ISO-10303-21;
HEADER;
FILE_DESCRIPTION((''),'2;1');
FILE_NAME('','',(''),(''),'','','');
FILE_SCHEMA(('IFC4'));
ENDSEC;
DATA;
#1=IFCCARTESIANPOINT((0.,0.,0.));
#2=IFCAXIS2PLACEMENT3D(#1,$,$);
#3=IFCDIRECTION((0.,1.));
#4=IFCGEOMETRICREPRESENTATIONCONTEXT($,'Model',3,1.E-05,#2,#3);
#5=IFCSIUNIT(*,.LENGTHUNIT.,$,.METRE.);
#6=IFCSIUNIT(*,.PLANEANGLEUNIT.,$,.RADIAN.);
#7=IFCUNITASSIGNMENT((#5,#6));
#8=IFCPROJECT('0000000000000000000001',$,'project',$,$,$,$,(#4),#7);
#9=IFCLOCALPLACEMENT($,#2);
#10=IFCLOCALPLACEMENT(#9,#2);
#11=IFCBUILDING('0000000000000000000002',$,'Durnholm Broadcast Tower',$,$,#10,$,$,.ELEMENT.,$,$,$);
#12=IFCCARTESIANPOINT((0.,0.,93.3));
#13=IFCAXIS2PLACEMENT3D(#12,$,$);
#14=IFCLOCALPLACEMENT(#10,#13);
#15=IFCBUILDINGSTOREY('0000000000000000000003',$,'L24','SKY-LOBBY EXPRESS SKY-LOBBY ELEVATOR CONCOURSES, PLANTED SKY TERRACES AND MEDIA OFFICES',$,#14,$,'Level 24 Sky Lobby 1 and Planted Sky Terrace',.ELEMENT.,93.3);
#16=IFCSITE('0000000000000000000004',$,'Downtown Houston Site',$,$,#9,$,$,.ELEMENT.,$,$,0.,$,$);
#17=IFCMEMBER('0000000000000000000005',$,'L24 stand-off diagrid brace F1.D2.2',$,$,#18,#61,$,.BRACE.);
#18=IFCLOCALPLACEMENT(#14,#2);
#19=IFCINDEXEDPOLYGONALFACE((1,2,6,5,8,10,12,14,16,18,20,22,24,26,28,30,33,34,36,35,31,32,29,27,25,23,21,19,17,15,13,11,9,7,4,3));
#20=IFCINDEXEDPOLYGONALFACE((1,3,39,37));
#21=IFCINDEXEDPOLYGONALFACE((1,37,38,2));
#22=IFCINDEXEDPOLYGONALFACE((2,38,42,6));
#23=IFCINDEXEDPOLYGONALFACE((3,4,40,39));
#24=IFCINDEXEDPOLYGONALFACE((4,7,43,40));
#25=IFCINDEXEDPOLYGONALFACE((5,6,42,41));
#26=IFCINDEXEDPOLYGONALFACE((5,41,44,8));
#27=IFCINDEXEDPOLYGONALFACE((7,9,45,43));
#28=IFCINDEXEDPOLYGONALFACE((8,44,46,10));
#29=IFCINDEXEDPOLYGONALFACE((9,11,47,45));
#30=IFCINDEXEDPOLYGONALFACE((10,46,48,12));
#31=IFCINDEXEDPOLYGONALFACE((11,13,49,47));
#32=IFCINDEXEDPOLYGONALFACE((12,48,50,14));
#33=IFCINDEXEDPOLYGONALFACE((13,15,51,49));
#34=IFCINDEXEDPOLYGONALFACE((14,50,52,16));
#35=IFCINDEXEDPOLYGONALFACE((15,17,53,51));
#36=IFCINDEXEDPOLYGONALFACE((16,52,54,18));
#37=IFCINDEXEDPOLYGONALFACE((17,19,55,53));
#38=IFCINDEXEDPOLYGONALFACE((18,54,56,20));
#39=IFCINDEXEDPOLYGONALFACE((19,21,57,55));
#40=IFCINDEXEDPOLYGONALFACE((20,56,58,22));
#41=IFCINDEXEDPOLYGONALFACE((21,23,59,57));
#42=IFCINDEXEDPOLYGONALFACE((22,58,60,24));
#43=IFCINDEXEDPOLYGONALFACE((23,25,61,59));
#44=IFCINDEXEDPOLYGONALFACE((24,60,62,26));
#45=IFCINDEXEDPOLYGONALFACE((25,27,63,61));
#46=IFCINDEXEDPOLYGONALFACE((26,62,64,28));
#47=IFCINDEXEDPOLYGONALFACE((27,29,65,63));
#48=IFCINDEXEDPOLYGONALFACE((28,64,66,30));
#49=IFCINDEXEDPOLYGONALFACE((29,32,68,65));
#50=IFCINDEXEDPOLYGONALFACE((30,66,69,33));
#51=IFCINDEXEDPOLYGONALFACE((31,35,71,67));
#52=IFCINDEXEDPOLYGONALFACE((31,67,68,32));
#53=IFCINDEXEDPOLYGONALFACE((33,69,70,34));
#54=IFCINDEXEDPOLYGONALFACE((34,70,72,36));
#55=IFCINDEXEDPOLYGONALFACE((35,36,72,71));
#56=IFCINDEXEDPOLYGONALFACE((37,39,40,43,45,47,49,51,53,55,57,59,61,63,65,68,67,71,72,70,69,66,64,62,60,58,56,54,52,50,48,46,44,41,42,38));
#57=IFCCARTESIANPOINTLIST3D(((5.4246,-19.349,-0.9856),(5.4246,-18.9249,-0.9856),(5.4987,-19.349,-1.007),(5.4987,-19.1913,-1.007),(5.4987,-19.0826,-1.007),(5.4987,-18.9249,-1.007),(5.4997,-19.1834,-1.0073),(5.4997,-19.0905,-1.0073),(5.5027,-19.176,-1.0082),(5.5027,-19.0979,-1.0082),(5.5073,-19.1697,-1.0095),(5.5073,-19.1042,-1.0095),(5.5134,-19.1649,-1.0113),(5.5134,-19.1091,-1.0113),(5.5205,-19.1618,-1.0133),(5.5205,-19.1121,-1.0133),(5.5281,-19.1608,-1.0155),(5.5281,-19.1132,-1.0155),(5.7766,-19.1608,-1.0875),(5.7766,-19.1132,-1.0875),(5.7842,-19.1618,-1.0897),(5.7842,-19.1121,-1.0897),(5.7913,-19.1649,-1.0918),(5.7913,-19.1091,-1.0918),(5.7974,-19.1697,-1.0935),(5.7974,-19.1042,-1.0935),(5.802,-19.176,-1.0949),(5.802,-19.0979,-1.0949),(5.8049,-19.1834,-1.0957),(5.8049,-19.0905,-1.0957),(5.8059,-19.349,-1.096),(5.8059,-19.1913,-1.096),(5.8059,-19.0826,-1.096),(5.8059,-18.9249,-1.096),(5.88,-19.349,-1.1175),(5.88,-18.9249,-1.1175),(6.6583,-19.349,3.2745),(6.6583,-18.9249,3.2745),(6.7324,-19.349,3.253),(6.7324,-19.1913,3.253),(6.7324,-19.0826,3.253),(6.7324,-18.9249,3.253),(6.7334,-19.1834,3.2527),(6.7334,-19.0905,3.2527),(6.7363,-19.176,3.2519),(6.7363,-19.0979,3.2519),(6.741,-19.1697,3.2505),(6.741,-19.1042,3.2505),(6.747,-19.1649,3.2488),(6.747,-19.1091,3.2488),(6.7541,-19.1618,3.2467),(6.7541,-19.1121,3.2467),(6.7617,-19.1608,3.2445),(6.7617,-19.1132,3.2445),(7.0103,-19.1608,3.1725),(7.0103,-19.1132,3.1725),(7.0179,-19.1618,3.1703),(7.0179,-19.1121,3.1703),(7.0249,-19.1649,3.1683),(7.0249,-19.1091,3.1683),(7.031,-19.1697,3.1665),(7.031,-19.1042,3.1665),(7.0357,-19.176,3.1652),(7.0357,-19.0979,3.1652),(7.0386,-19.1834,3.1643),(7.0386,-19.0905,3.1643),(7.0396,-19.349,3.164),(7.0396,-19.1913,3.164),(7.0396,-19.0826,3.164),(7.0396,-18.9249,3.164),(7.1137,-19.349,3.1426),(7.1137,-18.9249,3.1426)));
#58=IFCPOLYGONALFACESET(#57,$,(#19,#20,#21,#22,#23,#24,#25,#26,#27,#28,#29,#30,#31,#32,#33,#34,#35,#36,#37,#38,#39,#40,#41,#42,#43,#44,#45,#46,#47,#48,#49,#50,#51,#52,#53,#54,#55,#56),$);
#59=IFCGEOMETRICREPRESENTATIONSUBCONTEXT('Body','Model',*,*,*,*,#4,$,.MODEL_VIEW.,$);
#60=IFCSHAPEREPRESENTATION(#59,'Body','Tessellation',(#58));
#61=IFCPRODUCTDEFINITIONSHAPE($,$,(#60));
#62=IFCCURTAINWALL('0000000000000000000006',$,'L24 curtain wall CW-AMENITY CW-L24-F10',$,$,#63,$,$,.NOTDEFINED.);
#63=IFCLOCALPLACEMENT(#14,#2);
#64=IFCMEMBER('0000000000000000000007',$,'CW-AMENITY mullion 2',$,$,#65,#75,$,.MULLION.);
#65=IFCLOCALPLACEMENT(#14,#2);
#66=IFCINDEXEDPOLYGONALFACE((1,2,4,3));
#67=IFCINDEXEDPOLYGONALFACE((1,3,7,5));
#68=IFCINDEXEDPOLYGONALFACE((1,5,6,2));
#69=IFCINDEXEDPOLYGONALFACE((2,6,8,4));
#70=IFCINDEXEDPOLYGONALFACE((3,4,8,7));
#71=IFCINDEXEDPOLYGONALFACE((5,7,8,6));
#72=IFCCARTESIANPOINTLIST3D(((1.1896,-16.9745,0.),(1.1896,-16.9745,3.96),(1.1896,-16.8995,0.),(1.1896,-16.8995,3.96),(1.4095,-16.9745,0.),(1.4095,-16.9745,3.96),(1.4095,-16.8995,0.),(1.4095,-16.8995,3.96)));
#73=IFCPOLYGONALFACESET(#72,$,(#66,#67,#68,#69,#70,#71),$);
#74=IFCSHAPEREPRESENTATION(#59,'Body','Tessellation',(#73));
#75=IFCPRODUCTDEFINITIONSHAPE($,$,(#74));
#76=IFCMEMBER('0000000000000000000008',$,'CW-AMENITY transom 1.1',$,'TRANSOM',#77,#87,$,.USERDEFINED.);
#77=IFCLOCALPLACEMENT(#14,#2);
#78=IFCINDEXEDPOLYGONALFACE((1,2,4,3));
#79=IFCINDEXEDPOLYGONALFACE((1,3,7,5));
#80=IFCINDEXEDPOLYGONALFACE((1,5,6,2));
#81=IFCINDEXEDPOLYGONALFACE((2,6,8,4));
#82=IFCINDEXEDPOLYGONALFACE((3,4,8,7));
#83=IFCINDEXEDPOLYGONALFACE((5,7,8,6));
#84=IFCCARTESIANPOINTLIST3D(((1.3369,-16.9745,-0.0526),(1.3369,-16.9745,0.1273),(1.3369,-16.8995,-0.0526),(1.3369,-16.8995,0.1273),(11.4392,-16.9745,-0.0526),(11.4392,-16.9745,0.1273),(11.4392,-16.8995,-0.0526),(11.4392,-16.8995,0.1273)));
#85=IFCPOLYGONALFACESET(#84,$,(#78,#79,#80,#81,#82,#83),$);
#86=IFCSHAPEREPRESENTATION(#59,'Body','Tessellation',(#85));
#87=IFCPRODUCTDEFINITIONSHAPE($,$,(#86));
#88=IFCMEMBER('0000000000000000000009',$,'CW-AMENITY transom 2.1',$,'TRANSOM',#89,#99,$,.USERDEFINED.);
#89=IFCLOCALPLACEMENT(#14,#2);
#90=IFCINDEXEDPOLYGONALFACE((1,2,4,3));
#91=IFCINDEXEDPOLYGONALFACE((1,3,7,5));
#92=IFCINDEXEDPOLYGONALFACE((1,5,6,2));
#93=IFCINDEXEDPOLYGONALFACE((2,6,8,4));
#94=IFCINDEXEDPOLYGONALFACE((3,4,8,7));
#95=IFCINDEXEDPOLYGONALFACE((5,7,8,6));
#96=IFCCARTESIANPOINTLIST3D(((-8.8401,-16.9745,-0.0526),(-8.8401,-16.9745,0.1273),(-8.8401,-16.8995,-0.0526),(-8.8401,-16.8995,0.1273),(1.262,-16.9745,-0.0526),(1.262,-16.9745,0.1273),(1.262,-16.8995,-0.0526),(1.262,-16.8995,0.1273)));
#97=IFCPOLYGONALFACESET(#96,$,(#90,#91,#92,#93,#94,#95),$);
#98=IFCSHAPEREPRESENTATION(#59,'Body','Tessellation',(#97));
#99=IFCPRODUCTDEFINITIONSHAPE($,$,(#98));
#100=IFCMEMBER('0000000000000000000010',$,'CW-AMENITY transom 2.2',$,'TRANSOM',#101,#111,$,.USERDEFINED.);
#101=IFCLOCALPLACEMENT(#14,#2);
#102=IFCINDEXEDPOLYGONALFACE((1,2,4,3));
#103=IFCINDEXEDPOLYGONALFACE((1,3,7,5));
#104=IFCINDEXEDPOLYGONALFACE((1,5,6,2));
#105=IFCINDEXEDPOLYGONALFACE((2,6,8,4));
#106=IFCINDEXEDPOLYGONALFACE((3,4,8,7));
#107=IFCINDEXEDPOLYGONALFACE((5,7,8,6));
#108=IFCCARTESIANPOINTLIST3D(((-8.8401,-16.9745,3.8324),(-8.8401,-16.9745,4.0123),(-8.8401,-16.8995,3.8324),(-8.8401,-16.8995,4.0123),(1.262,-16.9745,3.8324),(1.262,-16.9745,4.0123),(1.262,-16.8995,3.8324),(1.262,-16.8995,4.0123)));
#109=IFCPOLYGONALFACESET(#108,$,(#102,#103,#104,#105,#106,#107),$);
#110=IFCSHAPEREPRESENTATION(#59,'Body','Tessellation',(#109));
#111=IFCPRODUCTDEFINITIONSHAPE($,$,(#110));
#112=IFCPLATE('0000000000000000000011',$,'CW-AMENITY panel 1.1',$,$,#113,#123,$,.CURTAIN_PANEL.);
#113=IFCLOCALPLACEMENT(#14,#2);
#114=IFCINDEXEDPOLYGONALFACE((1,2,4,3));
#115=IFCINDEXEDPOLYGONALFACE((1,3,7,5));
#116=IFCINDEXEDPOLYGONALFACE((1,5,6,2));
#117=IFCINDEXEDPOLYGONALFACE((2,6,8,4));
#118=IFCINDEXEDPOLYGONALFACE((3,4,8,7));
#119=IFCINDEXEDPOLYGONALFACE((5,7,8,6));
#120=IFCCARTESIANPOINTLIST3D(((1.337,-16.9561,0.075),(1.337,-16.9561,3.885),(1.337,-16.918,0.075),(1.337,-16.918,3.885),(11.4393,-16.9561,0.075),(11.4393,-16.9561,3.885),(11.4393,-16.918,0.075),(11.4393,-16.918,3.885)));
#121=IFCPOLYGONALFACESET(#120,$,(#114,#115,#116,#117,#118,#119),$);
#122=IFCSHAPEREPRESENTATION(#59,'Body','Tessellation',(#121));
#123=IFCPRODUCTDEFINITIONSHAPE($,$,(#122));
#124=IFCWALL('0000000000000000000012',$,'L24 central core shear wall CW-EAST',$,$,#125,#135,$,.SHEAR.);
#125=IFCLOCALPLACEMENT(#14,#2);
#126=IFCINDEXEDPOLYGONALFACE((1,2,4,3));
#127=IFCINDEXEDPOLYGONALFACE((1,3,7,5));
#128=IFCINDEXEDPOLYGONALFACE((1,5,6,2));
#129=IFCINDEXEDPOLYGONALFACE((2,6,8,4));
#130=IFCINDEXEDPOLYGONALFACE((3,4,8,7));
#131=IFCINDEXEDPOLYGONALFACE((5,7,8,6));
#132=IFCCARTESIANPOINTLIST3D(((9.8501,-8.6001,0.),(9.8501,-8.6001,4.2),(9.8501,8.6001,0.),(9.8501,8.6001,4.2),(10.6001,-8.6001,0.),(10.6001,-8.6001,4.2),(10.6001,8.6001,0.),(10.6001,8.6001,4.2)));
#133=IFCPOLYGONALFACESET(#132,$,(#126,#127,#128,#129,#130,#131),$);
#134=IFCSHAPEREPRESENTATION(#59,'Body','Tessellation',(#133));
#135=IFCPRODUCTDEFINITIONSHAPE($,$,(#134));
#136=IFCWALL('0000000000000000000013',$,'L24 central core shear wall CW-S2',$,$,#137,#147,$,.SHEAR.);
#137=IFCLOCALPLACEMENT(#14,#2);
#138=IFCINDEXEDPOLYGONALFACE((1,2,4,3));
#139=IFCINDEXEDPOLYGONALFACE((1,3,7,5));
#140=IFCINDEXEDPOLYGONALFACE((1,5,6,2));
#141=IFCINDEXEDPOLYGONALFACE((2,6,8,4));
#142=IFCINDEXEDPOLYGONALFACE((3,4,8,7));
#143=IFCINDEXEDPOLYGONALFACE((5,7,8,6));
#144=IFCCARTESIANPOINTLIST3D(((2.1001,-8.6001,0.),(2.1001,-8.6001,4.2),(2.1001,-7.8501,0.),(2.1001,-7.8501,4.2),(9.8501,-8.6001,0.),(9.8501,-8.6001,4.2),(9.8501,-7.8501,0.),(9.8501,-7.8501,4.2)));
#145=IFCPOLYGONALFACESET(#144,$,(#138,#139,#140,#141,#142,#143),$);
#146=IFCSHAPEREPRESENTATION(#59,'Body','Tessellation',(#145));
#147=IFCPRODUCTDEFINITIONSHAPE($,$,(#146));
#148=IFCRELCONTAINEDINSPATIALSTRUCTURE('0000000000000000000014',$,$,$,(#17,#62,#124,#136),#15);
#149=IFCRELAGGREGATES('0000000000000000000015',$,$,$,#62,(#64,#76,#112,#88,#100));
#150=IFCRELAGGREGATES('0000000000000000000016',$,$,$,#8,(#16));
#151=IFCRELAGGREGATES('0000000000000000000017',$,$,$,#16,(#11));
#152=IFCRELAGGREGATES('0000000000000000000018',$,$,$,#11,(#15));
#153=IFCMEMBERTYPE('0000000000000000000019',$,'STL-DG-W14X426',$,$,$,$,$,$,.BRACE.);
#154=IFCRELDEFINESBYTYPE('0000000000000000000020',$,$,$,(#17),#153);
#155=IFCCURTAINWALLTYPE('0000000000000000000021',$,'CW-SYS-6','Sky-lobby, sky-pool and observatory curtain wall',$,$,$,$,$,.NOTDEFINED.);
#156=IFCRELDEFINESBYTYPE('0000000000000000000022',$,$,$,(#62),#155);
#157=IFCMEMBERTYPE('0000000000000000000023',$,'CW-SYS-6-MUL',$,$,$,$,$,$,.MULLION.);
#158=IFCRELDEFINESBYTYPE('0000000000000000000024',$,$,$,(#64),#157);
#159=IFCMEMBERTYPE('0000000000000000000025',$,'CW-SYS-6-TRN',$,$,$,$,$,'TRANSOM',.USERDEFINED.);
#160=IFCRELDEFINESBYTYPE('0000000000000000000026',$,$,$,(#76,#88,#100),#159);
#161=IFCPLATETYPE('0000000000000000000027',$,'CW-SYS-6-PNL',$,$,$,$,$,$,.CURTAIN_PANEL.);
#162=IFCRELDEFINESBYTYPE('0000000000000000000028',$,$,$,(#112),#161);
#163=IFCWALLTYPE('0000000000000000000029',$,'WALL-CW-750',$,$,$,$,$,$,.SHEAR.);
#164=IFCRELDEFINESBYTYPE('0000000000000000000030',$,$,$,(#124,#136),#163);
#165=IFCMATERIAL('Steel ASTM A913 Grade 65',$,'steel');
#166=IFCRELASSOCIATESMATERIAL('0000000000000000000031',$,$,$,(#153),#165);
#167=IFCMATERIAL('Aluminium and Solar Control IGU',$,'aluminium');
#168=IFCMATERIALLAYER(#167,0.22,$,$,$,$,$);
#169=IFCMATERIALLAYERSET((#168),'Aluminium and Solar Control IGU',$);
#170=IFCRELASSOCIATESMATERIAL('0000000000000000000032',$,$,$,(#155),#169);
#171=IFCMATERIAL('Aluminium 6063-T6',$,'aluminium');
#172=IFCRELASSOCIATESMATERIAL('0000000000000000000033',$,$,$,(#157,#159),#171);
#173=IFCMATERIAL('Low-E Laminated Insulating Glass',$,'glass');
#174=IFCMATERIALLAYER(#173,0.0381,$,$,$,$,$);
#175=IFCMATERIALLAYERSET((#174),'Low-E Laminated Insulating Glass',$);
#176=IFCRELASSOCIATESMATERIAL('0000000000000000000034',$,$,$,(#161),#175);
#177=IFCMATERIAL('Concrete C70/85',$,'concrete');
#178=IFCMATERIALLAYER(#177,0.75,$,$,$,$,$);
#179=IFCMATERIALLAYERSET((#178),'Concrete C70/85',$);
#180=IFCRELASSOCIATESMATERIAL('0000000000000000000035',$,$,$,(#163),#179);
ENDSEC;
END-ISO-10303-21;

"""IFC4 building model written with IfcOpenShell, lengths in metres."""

from ifc_helpers import new_model, si_unit, direction, frame, frame_2d, origin, origin_2d, place, context, subcontext, project, spatial, rectangle, i_section, extrude, source, transform, mapped, material, layer, layer_set, material_profile, profile_set, type_object, type_shapes, element, aggregate, save


model = new_model("IFC4")

# Units and contexts
model_context = context("Model", 3, precision=1e-05, world=origin(), true_north=direction((0.0, 1.0)))
body_context = subcontext(model_context, "Body", "Model", "MODEL_VIEW")
ifc_project = project(units=[si_unit("LENGTHUNIT", "METRE"), si_unit("PLANEANGLEUNIT", "RADIAN")], contexts=[model_context])

# Site, building, storey
site_placement = place(None, origin())
site = spatial("IfcSite", under=ifc_project, at=site_placement, Name="Downtown Houston Site", CompositionType="ELEMENT", RefElevation=0.0)
building_placement = place(site_placement, origin())
building = spatial("IfcBuilding", under=site, at=building_placement, Name="Durnholm Broadcast Tower", CompositionType="ELEMENT")
storey_placement = place(building_placement, frame((0.0, 0.0, 93.3)))
storey = spatial("IfcBuildingStorey", under=building, at=storey_placement, Name="L24", Description="SKY-LOBBY EXPRESS SKY-LOBBY ELEVATOR CONCOURSES, PLANTED SKY TERRACES AND MEDIA OFFICES", LongName="Level 24 Sky Lobby 1 and Planted Sky Terrace", CompositionType="ELEMENT", Elevation=93.3)

# Shared definitions
ifc_material_1 = material(Name="Concrete C70/85", Category="concrete")

# Member
ifc_material_2 = material(Name="Steel ASTM A913 Grade 65", Category="steel")
ifc_material_profile_1 = material_profile(ifc_material_2, i_section(OverallWidth=0.4241, OverallDepth=0.4741, WebThickness=0.0476, FlangeThickness=0.0771, FilletRadius=0.0305, at=origin_2d()), Name="W14X426")
ifc_profile_set_1 = profile_set([ifc_material_profile_1], Name="Steel ASTM A913 Grade 65")
member_type_1 = type_object("IfcMemberType", Name="STL-DG-W14X426", PredefinedType="BRACE", material=ifc_profile_set_1)
shared_shape_1 = source(origin(), body_context, "Body", "SweptSolid", [
    extrude(i_section(OverallWidth=0.4241, OverallDepth=0.4741, WebThickness=0.0476, FlangeThickness=0.0771, FilletRadius=0.0305, at=origin_2d()), origin(), (0.0, 0.0, 1.0), 4.4351),
])
type_shapes(member_type_1, [shared_shape_1])
for number, where, z_axis, x_axis, name in (
    (1, (5.6523, -19.137, -1.0515), (0.278158, 0.0, 0.960535), (0.0, 1.0, 0.0), "L24 stand-off diagrid brace F1.D2.2"),
):
    element("IfcMember", number, at=place(storey_placement, frame(where, z_axis=z_axis, x_axis=x_axis)), inside=storey, type_object=member_type_1, Name=name, PredefinedType="BRACE", context=body_context, shape_type="MappedRepresentation", body=[
        mapped(shared_shape_1, transform((0.0, 0.0, 0.0), x_axis=(1.0, 0.0, 0.0), y_axis=(0.0, 1.0, 0.0), z_axis=(0.0, 0.0, 1.0), scale=1.0)),
    ])

# Curtain wall, members, plate
ifc_material_3 = material(Name="Aluminium and Solar Control IGU", Category="aluminium")
ifc_layer_1 = layer(ifc_material_3, 0.22)
ifc_layer_set_1 = layer_set([ifc_layer_1], Name="Aluminium and Solar Control IGU")
curtain_wall_type = type_object("IfcCurtainWallType", Name="CW-SYS-6", Description="Sky-lobby, sky-pool and observatory curtain wall", PredefinedType="NOTDEFINED", material=ifc_layer_set_1)
curtain_wall_placement = place(storey_placement, origin())
curtain_wall = element("IfcCurtainWall", 2, at=curtain_wall_placement, inside=storey, type_object=curtain_wall_type, Name="L24 curtain wall CW-AMENITY CW-L24-F10", PredefinedType="NOTDEFINED")
ifc_material_4 = material(Name="Aluminium 6063-T6", Category="aluminium")
ifc_material_profile_2 = material_profile(ifc_material_4, rectangle(XDim=0.075, YDim=0.22, at=origin_2d()), Name="CWM75X220")
ifc_profile_set_2 = profile_set([ifc_material_profile_2], Name="Aluminium 6063-T6")
member_type_2 = type_object("IfcMemberType", Name="CW-SYS-6-MUL", PredefinedType="MULLION", material=ifc_profile_set_2)
shared_shape_2 = source(origin(), body_context, "Body", "SweptSolid", [
    extrude(rectangle(XDim=0.075, YDim=0.22, at=origin_2d()), origin(), (0.0, 0.0, 1.0), 3.96),
])
type_shapes(member_type_2, [shared_shape_2])
member_1_placement = place(storey_placement, frame((1.2996, -16.937, 0.0), z_axis=(0.0, 0.0, 1.0), x_axis=(0.0, -1.0, 0.0)))
member_1 = element("IfcMember", 3, at=member_1_placement, type_object=member_type_2, Name="CW-AMENITY mullion 2", PredefinedType="MULLION", context=body_context, shape_type="MappedRepresentation", body=[
    mapped(shared_shape_2, transform((0.0, 0.0, 0.0), x_axis=(1.0, 0.0, 0.0), y_axis=(0.0, 1.0, 0.0), z_axis=(0.0, 0.0, 1.0), scale=1.0)),
])
ifc_material_profile_3 = material_profile(ifc_material_4, rectangle(XDim=0.075, YDim=0.1799, at=origin_2d()), Name="CWT75X180")
ifc_profile_set_3 = profile_set([ifc_material_profile_3], Name="Aluminium 6063-T6")
member_type_3 = type_object("IfcMemberType", Name="CW-SYS-6-TRN", ElementType="TRANSOM", PredefinedType="USERDEFINED", material=ifc_profile_set_3)
shared_shape_3 = source(origin(), body_context, "Body", "SweptSolid", [
    extrude(rectangle(XDim=0.075, YDim=0.1799, at=origin_2d()), origin(), (0.0, 0.0, 1.0), 10.1023),
])
member_2_placement = place(storey_placement, frame((11.4392, -16.937, 0.0374), z_axis=(-1.0, 0.0, 0.0), x_axis=(0.0, -1.0, 0.0)))
member_2 = element("IfcMember", 4, at=member_2_placement, type_object=member_type_3, Name="CW-AMENITY transom 1.1", ObjectType="TRANSOM", PredefinedType="USERDEFINED", context=body_context, shape_type="MappedRepresentation", body=[
    mapped(shared_shape_3, transform((0.0, 0.0, 0.0), x_axis=(1.0, 0.0, 0.0), y_axis=(0.0, 1.0, 0.0), z_axis=(0.0, 0.0, 1.0), scale=1.0)),
])
shared_shape_4 = source(origin(), body_context, "Body", "SweptSolid", [
    extrude(rectangle(XDim=0.075, YDim=0.1799, at=origin_2d()), origin(), (0.0, 0.0, 1.0), 10.1021),
])
type_shapes(member_type_3, [shared_shape_3, shared_shape_4])
member_3_placement = place(storey_placement, frame((1.262, -16.937, 0.0374), z_axis=(-1.0, 0.0, 0.0), x_axis=(0.0, -1.0, 0.0)))
member_3 = element("IfcMember", 5, at=member_3_placement, type_object=member_type_3, Name="CW-AMENITY transom 2.1", ObjectType="TRANSOM", PredefinedType="USERDEFINED", context=body_context, shape_type="MappedRepresentation", body=[
    mapped(shared_shape_4, transform((0.0, 0.0, 0.0), x_axis=(1.0, 0.0, 0.0), y_axis=(0.0, 1.0, 0.0), z_axis=(0.0, 0.0, 1.0), scale=1.0)),
])
member_4_placement = place(storey_placement, frame((1.262, -16.937, 3.9224), z_axis=(-1.0, 0.0, 0.0), x_axis=(0.0, -1.0, 0.0)))
member_4 = element("IfcMember", 6, at=member_4_placement, type_object=member_type_3, Name="CW-AMENITY transom 2.2", ObjectType="TRANSOM", PredefinedType="USERDEFINED", context=body_context, shape_type="MappedRepresentation", body=[
    mapped(shared_shape_4, transform((0.0, 0.0, 0.0), x_axis=(1.0, 0.0, 0.0), y_axis=(0.0, 1.0, 0.0), z_axis=(0.0, 0.0, 1.0), scale=1.0)),
])
ifc_material_5 = material(Name="Low-E Laminated Insulating Glass", Category="glass")
ifc_layer_2 = layer(ifc_material_5, 0.0381)
ifc_layer_set_2 = layer_set([ifc_layer_2], Name="Low-E Laminated Insulating Glass")
plate_type = type_object("IfcPlateType", Name="CW-SYS-6-PNL", PredefinedType="CURTAIN_PANEL", material=ifc_layer_set_2)
shared_shape_5 = source(origin(), body_context, "Body", "SweptSolid", [
    extrude(rectangle(XDim=10.1023, YDim=0.0381, at=origin_2d()), origin(), (0.0, 0.0, 1.0), 3.8101),
])
type_shapes(plate_type, [shared_shape_5])
plate_placement = place(storey_placement, frame((6.3882, -16.937, 0.075), z_axis=(0.0, 0.0, 1.0), x_axis=(-1.0, 0.0, 0.0)))
plate = element("IfcPlate", 7, at=plate_placement, type_object=plate_type, Name="CW-AMENITY panel 1.1", PredefinedType="CURTAIN_PANEL", context=body_context, shape_type="MappedRepresentation", body=[
    mapped(shared_shape_5, transform((0.0, 0.0, 0.0), x_axis=(1.0, 0.0, 0.0), y_axis=(0.0, 1.0, 0.0), z_axis=(0.0, 0.0, 1.0), scale=1.0)),
])
aggregate(curtain_wall, [member_1, member_2, plate, member_3, member_4])

# Walls
ifc_layer_3 = layer(ifc_material_1, 0.75)
ifc_layer_set_3 = layer_set([ifc_layer_3], Name="Concrete C70/85")
wall_type_1 = type_object("IfcWallType", Name="WALL-CW-750", PredefinedType="SHEAR", material=ifc_layer_set_3)
wall_1_placement = place(storey_placement, frame((10.2251, -8.6001, 0.0), z_axis=(0.0, 0.0, 1.0), x_axis=(0.0, 1.0, 0.0)))
element("IfcWall", 8, at=wall_1_placement, inside=storey, type_object=wall_type_1, Name="L24 central core shear wall CW-EAST", PredefinedType="SHEAR", context=body_context, shape_type="SweptSolid", body=[
    extrude(rectangle(XDim=17.2002, YDim=0.75, at=frame_2d((8.6001, 0.0))), origin(), (0.0, 0.0, 1.0), 4.2),
])
wall_2_placement = place(storey_placement, frame((2.1001, -8.2251, 0.0), z_axis=(0.0, 0.0, 1.0), x_axis=(1.0, 0.0, 0.0)))
element("IfcWall", 9, at=wall_2_placement, inside=storey, type_object=wall_type_1, Name="L24 central core shear wall CW-S2", PredefinedType="SHEAR", context=body_context, shape_type="SweptSolid", body=[
    extrude(rectangle(XDim=7.75, YDim=0.75, at=frame_2d((3.875, 0.0))), origin(), (0.0, 0.0, 1.0), 4.2),
])

save(model, "model.ifc")
